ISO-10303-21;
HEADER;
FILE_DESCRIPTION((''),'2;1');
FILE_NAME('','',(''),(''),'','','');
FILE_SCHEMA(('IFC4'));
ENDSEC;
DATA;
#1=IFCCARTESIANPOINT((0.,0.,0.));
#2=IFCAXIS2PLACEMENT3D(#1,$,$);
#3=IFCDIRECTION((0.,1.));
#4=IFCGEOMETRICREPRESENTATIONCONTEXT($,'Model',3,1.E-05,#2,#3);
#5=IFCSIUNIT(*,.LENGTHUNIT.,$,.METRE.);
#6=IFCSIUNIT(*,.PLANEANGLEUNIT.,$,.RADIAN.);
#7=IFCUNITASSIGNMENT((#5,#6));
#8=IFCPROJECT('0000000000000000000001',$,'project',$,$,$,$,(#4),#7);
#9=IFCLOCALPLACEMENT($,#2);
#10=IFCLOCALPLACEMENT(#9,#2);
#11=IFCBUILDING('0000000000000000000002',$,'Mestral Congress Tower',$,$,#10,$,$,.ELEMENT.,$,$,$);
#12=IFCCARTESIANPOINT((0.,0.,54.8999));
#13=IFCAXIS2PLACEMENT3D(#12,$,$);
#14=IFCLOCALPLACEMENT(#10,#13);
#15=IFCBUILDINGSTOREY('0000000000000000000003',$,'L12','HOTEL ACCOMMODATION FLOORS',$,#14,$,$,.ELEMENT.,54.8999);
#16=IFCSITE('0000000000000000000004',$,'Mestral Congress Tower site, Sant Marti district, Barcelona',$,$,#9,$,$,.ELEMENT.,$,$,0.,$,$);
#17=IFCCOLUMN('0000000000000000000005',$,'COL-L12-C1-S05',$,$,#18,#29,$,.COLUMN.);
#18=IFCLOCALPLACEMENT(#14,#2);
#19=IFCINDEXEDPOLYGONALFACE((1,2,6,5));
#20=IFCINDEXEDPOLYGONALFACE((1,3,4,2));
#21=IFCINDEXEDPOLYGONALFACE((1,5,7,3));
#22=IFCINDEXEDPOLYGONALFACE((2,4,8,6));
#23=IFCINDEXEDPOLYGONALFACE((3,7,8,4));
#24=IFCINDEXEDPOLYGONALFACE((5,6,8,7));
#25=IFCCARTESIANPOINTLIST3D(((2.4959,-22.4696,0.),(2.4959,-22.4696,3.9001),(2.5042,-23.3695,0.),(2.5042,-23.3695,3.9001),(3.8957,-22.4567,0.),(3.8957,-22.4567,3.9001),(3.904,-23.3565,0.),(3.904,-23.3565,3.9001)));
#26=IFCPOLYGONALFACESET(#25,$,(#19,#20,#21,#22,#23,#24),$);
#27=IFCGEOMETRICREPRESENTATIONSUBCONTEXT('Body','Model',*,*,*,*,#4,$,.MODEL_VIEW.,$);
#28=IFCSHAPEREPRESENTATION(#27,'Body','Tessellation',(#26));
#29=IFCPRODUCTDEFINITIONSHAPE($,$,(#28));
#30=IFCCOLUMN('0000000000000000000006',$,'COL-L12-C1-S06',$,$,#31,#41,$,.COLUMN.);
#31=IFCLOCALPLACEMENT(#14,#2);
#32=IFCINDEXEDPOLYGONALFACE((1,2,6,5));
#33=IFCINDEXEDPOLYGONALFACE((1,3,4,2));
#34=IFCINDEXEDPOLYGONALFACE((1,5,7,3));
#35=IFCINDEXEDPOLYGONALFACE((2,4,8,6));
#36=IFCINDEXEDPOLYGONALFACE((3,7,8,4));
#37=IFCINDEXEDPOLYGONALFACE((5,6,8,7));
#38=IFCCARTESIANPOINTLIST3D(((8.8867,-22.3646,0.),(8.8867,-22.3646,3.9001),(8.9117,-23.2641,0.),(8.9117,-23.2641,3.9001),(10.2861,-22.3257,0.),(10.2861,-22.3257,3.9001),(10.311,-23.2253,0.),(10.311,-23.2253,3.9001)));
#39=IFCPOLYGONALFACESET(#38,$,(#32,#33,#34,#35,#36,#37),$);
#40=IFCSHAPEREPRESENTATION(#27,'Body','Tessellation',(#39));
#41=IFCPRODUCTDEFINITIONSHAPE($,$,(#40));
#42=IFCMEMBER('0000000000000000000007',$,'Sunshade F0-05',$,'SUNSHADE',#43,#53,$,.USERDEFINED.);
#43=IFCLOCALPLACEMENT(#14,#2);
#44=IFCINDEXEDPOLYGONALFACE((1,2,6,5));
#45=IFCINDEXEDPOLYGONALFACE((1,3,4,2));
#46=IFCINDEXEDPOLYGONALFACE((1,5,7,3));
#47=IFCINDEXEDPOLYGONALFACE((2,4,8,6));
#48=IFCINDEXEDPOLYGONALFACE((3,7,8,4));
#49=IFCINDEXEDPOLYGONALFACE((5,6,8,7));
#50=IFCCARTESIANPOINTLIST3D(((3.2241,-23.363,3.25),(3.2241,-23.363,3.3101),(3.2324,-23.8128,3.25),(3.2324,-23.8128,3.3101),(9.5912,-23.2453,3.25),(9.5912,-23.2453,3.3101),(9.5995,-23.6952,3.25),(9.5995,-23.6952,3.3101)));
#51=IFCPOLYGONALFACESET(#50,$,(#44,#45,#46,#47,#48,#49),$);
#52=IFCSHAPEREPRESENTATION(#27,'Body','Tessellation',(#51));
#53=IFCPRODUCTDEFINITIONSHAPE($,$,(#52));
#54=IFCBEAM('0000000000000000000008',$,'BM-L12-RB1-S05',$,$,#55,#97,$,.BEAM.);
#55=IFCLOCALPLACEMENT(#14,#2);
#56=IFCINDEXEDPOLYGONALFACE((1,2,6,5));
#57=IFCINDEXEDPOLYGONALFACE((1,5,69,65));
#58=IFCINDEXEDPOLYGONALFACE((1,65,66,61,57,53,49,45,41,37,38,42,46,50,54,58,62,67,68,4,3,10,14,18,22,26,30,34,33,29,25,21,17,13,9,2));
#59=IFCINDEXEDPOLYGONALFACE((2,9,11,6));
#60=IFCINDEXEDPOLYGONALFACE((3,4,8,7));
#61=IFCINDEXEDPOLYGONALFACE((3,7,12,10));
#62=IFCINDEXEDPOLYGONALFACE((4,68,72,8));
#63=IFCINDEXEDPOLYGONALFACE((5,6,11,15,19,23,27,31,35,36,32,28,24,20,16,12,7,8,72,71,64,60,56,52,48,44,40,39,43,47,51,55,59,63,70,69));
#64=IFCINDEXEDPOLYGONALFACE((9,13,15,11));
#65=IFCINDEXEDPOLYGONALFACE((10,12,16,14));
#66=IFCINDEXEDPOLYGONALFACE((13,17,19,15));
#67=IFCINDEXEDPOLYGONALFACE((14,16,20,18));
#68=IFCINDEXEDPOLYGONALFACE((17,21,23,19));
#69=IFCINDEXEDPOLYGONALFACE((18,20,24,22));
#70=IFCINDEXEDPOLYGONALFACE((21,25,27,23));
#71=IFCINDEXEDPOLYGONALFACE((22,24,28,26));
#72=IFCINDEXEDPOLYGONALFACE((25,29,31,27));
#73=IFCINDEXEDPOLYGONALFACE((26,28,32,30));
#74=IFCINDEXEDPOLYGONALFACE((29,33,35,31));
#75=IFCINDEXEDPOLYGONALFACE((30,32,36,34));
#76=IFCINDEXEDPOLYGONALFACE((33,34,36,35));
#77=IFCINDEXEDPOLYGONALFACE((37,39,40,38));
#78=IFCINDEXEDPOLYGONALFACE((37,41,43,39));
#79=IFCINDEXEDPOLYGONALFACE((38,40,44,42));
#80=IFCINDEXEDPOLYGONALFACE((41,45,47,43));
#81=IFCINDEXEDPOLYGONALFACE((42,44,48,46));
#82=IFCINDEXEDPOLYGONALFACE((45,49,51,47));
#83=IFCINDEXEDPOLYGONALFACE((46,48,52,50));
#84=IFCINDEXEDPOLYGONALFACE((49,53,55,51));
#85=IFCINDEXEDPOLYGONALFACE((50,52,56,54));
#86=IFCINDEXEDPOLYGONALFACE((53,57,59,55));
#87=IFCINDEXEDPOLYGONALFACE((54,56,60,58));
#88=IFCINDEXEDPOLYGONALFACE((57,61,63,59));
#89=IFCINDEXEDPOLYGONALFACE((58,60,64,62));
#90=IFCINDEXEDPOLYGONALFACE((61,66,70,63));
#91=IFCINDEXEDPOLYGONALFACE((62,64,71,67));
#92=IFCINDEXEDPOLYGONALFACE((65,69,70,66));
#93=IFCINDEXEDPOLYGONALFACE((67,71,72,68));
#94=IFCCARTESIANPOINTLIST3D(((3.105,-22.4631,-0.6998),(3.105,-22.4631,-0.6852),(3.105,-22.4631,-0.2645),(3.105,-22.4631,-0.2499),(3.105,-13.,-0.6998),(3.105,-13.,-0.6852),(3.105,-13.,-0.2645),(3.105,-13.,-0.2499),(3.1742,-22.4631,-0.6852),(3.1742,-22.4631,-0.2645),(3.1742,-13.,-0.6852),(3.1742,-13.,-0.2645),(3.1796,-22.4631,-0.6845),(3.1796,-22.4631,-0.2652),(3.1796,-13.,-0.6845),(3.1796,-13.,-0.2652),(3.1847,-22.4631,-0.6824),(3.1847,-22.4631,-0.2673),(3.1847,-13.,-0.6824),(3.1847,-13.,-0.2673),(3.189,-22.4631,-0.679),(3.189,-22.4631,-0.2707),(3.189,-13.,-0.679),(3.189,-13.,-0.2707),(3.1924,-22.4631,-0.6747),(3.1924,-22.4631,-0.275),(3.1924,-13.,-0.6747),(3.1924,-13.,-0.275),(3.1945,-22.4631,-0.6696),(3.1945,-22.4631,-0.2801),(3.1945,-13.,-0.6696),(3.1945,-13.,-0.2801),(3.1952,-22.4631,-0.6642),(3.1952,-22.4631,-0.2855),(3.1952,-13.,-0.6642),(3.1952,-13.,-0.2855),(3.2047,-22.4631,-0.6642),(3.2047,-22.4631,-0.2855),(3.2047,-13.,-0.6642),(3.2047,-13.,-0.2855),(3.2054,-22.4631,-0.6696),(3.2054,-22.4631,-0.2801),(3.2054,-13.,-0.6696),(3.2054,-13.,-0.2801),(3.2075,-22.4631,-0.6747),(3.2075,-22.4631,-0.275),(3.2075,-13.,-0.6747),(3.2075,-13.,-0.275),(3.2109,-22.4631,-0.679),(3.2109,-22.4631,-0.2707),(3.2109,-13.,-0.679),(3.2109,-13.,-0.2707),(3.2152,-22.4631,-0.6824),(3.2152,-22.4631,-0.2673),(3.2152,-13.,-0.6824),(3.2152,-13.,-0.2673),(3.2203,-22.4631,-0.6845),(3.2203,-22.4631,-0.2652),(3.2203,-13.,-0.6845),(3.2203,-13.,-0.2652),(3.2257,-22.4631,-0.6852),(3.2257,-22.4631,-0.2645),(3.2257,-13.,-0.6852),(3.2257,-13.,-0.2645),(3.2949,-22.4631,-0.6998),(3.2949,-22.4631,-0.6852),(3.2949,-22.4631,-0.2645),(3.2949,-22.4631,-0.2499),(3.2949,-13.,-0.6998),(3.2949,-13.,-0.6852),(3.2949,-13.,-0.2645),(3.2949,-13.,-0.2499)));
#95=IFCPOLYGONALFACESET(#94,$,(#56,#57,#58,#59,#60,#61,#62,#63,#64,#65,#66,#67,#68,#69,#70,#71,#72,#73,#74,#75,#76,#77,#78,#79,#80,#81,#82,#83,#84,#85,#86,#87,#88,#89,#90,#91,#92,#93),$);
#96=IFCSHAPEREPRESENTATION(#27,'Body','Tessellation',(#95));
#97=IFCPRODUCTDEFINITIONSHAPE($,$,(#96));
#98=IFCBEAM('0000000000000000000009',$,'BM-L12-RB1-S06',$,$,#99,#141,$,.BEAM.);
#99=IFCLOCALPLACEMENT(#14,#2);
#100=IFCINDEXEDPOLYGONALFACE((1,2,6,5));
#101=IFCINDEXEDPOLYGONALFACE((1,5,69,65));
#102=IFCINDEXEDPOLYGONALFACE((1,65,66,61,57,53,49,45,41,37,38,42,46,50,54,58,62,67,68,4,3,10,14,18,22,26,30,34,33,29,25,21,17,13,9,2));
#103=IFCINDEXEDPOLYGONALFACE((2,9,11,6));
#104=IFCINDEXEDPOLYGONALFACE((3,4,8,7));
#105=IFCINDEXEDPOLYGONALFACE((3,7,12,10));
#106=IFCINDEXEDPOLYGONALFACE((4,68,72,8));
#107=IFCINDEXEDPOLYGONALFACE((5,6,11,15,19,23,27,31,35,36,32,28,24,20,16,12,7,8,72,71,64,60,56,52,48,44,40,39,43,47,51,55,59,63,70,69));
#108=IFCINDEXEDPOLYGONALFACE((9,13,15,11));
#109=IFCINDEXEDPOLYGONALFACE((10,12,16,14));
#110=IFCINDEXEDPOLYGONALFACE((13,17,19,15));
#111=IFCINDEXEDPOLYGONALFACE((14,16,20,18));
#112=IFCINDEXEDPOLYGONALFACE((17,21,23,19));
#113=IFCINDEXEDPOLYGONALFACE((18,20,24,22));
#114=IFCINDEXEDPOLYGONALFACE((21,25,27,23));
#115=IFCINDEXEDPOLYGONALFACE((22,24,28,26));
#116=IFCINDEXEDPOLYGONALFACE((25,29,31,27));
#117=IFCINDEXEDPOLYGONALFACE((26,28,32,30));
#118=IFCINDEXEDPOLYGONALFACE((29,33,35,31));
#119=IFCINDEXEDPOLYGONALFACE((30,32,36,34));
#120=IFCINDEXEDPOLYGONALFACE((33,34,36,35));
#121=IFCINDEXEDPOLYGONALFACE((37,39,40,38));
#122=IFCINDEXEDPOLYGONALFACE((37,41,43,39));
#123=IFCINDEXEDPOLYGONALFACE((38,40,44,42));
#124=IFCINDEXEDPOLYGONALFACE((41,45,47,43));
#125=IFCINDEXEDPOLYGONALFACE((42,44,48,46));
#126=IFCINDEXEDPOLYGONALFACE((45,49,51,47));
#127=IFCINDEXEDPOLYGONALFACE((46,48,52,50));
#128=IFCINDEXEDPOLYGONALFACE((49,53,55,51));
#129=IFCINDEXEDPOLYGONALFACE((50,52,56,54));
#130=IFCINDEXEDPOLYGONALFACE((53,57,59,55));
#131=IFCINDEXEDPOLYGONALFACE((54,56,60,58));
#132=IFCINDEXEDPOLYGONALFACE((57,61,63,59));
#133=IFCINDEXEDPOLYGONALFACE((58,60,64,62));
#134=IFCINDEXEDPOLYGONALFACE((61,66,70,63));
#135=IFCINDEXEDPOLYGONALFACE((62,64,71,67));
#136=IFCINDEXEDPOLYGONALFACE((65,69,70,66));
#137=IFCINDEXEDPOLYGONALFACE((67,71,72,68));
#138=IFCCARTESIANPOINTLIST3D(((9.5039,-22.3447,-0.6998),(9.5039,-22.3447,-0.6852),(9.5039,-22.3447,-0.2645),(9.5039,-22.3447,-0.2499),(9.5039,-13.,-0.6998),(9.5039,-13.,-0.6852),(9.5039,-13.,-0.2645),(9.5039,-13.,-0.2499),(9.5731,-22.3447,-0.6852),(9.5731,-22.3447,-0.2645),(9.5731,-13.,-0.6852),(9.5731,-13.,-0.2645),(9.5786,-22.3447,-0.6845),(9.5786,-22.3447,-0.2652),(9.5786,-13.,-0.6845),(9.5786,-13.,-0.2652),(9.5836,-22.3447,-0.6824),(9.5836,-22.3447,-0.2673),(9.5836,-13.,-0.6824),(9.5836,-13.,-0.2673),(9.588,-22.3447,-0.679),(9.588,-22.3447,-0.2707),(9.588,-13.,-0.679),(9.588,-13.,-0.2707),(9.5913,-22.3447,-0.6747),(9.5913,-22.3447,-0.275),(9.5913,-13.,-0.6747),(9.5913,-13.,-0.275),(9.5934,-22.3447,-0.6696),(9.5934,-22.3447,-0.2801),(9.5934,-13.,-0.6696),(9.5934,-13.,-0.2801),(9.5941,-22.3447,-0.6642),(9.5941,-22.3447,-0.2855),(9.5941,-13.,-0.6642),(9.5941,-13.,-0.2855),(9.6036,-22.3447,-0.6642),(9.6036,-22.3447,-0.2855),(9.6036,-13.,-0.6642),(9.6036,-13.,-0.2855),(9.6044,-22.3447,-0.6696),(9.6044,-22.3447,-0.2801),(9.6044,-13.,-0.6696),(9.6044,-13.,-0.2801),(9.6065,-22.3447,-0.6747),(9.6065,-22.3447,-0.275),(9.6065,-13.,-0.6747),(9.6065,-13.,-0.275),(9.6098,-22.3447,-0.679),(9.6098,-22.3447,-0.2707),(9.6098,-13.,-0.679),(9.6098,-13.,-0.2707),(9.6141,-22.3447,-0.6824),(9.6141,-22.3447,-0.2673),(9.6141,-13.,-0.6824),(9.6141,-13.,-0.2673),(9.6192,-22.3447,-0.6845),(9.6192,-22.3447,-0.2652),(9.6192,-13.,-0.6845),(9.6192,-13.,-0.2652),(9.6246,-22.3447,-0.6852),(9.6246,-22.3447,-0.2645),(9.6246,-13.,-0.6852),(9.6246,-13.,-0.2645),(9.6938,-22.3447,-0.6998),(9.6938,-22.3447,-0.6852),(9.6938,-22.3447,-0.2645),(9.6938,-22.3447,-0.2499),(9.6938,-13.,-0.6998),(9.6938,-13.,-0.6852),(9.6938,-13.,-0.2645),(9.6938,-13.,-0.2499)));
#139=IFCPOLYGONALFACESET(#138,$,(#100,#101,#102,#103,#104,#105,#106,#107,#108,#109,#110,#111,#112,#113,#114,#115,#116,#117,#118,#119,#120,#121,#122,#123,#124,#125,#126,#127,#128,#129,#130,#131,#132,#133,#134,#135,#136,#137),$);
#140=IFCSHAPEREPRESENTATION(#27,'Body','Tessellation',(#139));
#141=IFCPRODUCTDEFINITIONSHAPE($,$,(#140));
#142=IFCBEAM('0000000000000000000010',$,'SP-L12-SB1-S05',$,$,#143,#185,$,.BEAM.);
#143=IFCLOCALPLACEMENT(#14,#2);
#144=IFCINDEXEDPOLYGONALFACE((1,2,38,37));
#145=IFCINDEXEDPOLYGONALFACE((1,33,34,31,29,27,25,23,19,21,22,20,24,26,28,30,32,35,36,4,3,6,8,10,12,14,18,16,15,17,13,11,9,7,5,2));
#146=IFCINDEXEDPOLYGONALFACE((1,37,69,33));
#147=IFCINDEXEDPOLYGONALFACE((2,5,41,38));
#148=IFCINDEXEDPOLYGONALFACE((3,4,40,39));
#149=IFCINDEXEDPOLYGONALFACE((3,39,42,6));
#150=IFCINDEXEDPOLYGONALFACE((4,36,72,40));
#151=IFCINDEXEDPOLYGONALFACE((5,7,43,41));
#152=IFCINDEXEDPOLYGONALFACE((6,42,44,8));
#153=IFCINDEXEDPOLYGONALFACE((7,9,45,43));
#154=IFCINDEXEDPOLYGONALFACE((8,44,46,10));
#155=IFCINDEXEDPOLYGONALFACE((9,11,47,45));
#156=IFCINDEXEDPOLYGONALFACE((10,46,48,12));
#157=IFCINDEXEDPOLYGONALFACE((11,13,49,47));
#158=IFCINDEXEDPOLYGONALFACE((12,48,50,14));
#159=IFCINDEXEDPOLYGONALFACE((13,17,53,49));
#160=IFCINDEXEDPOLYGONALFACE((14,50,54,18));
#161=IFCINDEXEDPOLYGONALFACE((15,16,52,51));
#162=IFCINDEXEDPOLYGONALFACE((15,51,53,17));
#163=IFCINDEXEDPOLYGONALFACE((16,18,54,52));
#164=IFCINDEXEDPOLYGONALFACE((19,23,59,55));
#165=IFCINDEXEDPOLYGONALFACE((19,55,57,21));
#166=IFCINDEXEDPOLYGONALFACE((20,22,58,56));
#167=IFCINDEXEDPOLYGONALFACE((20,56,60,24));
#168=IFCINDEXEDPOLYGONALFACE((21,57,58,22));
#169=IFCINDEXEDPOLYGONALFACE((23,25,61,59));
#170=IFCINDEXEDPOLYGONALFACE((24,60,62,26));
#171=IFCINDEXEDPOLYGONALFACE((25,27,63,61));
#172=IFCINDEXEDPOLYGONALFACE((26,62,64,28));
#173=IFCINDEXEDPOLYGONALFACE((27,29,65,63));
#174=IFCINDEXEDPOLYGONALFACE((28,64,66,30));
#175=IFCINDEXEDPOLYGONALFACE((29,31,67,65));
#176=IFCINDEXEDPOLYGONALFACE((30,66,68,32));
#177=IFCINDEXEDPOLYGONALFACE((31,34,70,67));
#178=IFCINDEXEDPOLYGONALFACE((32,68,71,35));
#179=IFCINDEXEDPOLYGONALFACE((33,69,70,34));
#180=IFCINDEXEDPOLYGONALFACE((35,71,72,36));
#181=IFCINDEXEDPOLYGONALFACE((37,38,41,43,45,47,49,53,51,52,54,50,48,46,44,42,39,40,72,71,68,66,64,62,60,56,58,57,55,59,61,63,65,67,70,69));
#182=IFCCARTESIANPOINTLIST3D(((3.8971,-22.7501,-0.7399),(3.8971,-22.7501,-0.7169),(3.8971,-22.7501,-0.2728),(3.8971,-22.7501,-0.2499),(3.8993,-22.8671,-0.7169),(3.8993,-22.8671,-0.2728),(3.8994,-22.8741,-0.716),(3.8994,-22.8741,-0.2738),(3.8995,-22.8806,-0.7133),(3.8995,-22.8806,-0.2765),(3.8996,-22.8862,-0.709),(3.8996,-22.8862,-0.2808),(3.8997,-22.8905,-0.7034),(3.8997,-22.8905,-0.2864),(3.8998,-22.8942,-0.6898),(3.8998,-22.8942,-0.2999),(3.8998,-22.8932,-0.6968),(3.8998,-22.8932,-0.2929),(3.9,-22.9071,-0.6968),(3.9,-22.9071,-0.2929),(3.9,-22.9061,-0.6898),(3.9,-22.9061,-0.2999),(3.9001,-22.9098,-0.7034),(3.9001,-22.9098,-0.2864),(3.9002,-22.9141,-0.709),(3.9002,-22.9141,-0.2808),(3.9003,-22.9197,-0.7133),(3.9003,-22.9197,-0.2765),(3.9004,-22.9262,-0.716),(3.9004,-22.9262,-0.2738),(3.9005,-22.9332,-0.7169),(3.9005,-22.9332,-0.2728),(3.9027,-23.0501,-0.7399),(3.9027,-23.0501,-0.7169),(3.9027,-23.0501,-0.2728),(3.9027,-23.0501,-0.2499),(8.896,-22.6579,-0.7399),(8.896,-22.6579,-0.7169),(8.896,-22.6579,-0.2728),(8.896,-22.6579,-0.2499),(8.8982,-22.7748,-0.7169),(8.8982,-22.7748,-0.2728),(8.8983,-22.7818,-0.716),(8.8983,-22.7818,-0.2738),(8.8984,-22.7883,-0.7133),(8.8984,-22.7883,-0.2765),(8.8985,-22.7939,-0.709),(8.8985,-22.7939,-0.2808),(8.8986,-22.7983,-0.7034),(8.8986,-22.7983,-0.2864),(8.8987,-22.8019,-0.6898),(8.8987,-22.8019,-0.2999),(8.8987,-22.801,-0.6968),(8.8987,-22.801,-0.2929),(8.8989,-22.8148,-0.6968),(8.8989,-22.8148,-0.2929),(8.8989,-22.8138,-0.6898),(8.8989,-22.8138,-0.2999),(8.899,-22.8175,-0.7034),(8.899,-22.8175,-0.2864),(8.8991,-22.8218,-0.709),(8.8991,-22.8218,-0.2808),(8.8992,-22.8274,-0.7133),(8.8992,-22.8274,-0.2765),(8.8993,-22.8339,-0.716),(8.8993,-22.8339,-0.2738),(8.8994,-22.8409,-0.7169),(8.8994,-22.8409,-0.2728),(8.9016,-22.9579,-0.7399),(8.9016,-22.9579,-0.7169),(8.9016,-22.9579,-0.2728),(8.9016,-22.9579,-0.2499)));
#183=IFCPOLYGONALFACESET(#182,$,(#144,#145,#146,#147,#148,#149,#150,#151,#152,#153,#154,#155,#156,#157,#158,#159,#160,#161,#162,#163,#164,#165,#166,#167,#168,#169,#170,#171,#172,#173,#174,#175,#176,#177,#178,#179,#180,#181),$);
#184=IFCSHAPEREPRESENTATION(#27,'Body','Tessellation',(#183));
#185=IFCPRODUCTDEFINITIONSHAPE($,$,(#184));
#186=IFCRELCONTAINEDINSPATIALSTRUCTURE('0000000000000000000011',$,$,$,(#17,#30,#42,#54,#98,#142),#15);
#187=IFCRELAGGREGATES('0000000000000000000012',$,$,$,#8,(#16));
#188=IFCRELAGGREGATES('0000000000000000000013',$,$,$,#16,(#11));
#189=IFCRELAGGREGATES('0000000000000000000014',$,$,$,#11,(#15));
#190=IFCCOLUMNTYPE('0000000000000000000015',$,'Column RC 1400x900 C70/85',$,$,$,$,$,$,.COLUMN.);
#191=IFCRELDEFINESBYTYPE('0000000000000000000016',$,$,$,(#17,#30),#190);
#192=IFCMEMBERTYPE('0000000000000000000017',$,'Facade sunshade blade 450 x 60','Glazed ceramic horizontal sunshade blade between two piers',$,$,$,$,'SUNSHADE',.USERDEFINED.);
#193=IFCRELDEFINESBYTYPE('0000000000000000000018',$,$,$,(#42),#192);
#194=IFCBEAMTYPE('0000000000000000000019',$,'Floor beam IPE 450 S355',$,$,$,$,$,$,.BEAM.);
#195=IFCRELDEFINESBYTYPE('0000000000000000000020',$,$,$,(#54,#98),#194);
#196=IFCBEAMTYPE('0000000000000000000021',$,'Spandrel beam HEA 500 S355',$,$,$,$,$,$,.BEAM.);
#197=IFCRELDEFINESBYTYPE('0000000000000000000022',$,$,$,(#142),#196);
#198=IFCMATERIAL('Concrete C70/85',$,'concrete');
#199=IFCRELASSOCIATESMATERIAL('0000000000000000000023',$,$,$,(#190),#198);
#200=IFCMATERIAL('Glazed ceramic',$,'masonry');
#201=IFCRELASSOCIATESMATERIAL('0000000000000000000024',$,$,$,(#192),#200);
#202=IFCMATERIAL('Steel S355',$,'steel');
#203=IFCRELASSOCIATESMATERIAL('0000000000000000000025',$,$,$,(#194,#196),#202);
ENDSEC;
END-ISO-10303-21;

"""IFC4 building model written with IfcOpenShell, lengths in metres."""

from ifc_helpers import new_model, si_unit, direction, frame, origin, origin_2d, place, context, subcontext, project, spatial, rectangle, i_section, extrude, material, material_profile, profile_set, type_object, element, save


model = new_model("IFC4")

# Units and contexts
model_context = context("Model", 3, precision=1e-05, world=origin(), true_north=direction((0.0, 1.0)))
body_context = subcontext(model_context, "Body", "Model", "MODEL_VIEW")
ifc_project = project(units=[si_unit("LENGTHUNIT", "METRE"), si_unit("PLANEANGLEUNIT", "RADIAN")], contexts=[model_context])

# Site, building, storey
site_placement = place(None, origin())
site = spatial("IfcSite", under=ifc_project, at=site_placement, Name="Mestral Congress Tower site, Sant Marti district, Barcelona", CompositionType="ELEMENT", RefElevation=0.0)
building_placement = place(site_placement, origin())
building = spatial("IfcBuilding", under=site, at=building_placement, Name="Mestral Congress Tower", CompositionType="ELEMENT")
storey_placement = place(building_placement, frame((0.0, 0.0, 54.8999)))
storey = spatial("IfcBuildingStorey", under=building, at=storey_placement, Name="L12", Description="HOTEL ACCOMMODATION FLOORS", CompositionType="ELEMENT", Elevation=54.8999)

# Columns
ifc_material_1 = material(Name="Concrete C70/85", Category="concrete")
ifc_material_profile_1 = material_profile(ifc_material_1, rectangle(XDim=1.3999, YDim=0.8999, at=origin_2d()), Name="RC 1400x900")
ifc_profile_set_1 = profile_set([ifc_material_profile_1], Name="Concrete C70/85")
column_type = type_object("IfcColumnType", Name="Column RC 1400x900 C70/85", PredefinedType="COLUMN", material=ifc_profile_set_1)
for number, where, z_axis, x_axis, name in (
    (1, (3.2, -22.9131, 0.0), (0.0, 0.0, 1.0), (0.999957, 0.009243, 0.0), "COL-L12-C1-S05"),
    (2, (9.5989, -22.7949, 0.0), (0.0, 0.0, 1.0), (0.999616, 0.027726, 0.0), "COL-L12-C1-S06"),
):
    element("IfcColumn", number, at=place(storey_placement, frame(where, z_axis=z_axis, x_axis=x_axis)), inside=storey, type_object=column_type, Name=name, PredefinedType="COLUMN", context=body_context, shape_type="SweptSolid", body=[
        extrude(rectangle(XDim=1.3999, YDim=0.8999, at=origin_2d()), origin(), (0.0, 0.0, 1.0), 3.9001),
    ])

# Member
ifc_material_2 = material(Name="Glazed ceramic", Category="masonry")
ifc_material_profile_2 = material_profile(ifc_material_2, rectangle(XDim=0.45, YDim=0.0601, at=origin_2d()), Name="Ceramic blade 450 x 60")
ifc_profile_set_2 = profile_set([ifc_material_profile_2], Name="Glazed ceramic")
member_type = type_object("IfcMemberType", Name="Facade sunshade blade 450 x 60", Description="Glazed ceramic horizontal sunshade blade between two piers", ElementType="SUNSHADE", PredefinedType="USERDEFINED", material=ifc_profile_set_2)
member_placement = place(storey_placement, frame((3.2283, -23.5879, 3.28), z_axis=(0.999829, 0.018478, 0.0), x_axis=(-0.018478, 0.999829, 0.0)))
element("IfcMember", 3, at=member_placement, inside=storey, type_object=member_type, Name="Sunshade F0-05", ObjectType="SUNSHADE", PredefinedType="USERDEFINED", context=body_context, shape_type="SweptSolid", body=[
    extrude(rectangle(XDim=0.45, YDim=0.0601, at=origin_2d()), origin(), (0.0, 0.0, 1.0), 6.3682),
])

# Beams
ifc_material_3 = material(Name="Steel S355", Category="steel")
ifc_material_profile_3 = material_profile(ifc_material_3, i_section(OverallWidth=0.1899, OverallDepth=0.45, WebThickness=0.0095, FlangeThickness=0.0146, FilletRadius=0.021, at=origin_2d()), Name="IPE 450")
ifc_profile_set_3 = profile_set([ifc_material_profile_3], Name="Steel S355")
beam_type_1 = type_object("IfcBeamType", Name="Floor beam IPE 450 S355", PredefinedType="BEAM", material=ifc_profile_set_3)
beam_1_placement = place(storey_placement, frame((3.2, -22.4631, -0.4749), z_axis=(0.0, 1.0, 0.0), x_axis=(-1.0, 0.0, 0.0)))
element("IfcBeam", 4, at=beam_1_placement, inside=storey, type_object=beam_type_1, Name="BM-L12-RB1-S05", PredefinedType="BEAM", context=body_context, shape_type="SweptSolid", body=[
    extrude(i_section(OverallWidth=0.1899, OverallDepth=0.45, WebThickness=0.0095, FlangeThickness=0.0146, FilletRadius=0.021, at=origin_2d()), origin(), (0.0, 0.0, 1.0), 9.4631),
])
beam_2_placement = place(storey_placement, frame((9.5989, -22.3447, -0.4749), z_axis=(0.0, 1.0, 0.0), x_axis=(-1.0, 0.0, 0.0)))
element("IfcBeam", 5, at=beam_2_placement, inside=storey, type_object=beam_type_1, Name="BM-L12-RB1-S06", PredefinedType="BEAM", context=body_context, shape_type="SweptSolid", body=[
    extrude(i_section(OverallWidth=0.1899, OverallDepth=0.45, WebThickness=0.0095, FlangeThickness=0.0146, FilletRadius=0.021, at=origin_2d()), origin(), (0.0, 0.0, 1.0), 9.3447),
])
ifc_material_profile_4 = material_profile(ifc_material_3, i_section(OverallWidth=0.3, OverallDepth=0.49, WebThickness=0.012, FlangeThickness=0.0229, FilletRadius=0.0271, at=origin_2d()), Name="HEA 500")
ifc_profile_set_4 = profile_set([ifc_material_profile_4], Name="Steel S355")
beam_type_2 = type_object("IfcBeamType", Name="Spandrel beam HEA 500 S355", PredefinedType="BEAM", material=ifc_profile_set_4)
beam_3_placement = place(storey_placement, frame((3.8999, -22.9001, -0.4949), z_axis=(0.99983, 0.018457, 0.0), x_axis=(-0.018457, 0.99983, 0.0)))
element("IfcBeam", 6, at=beam_3_placement, inside=storey, type_object=beam_type_2, Name="SP-L12-SB1-S05", PredefinedType="BEAM", context=body_context, shape_type="SweptSolid", body=[
    extrude(i_section(OverallWidth=0.3, OverallDepth=0.49, WebThickness=0.012, FlangeThickness=0.0229, FilletRadius=0.0271, at=origin_2d()), origin(), (0.0, 0.0, 1.0), 4.9998),
])

save(model, "model.ifc")
